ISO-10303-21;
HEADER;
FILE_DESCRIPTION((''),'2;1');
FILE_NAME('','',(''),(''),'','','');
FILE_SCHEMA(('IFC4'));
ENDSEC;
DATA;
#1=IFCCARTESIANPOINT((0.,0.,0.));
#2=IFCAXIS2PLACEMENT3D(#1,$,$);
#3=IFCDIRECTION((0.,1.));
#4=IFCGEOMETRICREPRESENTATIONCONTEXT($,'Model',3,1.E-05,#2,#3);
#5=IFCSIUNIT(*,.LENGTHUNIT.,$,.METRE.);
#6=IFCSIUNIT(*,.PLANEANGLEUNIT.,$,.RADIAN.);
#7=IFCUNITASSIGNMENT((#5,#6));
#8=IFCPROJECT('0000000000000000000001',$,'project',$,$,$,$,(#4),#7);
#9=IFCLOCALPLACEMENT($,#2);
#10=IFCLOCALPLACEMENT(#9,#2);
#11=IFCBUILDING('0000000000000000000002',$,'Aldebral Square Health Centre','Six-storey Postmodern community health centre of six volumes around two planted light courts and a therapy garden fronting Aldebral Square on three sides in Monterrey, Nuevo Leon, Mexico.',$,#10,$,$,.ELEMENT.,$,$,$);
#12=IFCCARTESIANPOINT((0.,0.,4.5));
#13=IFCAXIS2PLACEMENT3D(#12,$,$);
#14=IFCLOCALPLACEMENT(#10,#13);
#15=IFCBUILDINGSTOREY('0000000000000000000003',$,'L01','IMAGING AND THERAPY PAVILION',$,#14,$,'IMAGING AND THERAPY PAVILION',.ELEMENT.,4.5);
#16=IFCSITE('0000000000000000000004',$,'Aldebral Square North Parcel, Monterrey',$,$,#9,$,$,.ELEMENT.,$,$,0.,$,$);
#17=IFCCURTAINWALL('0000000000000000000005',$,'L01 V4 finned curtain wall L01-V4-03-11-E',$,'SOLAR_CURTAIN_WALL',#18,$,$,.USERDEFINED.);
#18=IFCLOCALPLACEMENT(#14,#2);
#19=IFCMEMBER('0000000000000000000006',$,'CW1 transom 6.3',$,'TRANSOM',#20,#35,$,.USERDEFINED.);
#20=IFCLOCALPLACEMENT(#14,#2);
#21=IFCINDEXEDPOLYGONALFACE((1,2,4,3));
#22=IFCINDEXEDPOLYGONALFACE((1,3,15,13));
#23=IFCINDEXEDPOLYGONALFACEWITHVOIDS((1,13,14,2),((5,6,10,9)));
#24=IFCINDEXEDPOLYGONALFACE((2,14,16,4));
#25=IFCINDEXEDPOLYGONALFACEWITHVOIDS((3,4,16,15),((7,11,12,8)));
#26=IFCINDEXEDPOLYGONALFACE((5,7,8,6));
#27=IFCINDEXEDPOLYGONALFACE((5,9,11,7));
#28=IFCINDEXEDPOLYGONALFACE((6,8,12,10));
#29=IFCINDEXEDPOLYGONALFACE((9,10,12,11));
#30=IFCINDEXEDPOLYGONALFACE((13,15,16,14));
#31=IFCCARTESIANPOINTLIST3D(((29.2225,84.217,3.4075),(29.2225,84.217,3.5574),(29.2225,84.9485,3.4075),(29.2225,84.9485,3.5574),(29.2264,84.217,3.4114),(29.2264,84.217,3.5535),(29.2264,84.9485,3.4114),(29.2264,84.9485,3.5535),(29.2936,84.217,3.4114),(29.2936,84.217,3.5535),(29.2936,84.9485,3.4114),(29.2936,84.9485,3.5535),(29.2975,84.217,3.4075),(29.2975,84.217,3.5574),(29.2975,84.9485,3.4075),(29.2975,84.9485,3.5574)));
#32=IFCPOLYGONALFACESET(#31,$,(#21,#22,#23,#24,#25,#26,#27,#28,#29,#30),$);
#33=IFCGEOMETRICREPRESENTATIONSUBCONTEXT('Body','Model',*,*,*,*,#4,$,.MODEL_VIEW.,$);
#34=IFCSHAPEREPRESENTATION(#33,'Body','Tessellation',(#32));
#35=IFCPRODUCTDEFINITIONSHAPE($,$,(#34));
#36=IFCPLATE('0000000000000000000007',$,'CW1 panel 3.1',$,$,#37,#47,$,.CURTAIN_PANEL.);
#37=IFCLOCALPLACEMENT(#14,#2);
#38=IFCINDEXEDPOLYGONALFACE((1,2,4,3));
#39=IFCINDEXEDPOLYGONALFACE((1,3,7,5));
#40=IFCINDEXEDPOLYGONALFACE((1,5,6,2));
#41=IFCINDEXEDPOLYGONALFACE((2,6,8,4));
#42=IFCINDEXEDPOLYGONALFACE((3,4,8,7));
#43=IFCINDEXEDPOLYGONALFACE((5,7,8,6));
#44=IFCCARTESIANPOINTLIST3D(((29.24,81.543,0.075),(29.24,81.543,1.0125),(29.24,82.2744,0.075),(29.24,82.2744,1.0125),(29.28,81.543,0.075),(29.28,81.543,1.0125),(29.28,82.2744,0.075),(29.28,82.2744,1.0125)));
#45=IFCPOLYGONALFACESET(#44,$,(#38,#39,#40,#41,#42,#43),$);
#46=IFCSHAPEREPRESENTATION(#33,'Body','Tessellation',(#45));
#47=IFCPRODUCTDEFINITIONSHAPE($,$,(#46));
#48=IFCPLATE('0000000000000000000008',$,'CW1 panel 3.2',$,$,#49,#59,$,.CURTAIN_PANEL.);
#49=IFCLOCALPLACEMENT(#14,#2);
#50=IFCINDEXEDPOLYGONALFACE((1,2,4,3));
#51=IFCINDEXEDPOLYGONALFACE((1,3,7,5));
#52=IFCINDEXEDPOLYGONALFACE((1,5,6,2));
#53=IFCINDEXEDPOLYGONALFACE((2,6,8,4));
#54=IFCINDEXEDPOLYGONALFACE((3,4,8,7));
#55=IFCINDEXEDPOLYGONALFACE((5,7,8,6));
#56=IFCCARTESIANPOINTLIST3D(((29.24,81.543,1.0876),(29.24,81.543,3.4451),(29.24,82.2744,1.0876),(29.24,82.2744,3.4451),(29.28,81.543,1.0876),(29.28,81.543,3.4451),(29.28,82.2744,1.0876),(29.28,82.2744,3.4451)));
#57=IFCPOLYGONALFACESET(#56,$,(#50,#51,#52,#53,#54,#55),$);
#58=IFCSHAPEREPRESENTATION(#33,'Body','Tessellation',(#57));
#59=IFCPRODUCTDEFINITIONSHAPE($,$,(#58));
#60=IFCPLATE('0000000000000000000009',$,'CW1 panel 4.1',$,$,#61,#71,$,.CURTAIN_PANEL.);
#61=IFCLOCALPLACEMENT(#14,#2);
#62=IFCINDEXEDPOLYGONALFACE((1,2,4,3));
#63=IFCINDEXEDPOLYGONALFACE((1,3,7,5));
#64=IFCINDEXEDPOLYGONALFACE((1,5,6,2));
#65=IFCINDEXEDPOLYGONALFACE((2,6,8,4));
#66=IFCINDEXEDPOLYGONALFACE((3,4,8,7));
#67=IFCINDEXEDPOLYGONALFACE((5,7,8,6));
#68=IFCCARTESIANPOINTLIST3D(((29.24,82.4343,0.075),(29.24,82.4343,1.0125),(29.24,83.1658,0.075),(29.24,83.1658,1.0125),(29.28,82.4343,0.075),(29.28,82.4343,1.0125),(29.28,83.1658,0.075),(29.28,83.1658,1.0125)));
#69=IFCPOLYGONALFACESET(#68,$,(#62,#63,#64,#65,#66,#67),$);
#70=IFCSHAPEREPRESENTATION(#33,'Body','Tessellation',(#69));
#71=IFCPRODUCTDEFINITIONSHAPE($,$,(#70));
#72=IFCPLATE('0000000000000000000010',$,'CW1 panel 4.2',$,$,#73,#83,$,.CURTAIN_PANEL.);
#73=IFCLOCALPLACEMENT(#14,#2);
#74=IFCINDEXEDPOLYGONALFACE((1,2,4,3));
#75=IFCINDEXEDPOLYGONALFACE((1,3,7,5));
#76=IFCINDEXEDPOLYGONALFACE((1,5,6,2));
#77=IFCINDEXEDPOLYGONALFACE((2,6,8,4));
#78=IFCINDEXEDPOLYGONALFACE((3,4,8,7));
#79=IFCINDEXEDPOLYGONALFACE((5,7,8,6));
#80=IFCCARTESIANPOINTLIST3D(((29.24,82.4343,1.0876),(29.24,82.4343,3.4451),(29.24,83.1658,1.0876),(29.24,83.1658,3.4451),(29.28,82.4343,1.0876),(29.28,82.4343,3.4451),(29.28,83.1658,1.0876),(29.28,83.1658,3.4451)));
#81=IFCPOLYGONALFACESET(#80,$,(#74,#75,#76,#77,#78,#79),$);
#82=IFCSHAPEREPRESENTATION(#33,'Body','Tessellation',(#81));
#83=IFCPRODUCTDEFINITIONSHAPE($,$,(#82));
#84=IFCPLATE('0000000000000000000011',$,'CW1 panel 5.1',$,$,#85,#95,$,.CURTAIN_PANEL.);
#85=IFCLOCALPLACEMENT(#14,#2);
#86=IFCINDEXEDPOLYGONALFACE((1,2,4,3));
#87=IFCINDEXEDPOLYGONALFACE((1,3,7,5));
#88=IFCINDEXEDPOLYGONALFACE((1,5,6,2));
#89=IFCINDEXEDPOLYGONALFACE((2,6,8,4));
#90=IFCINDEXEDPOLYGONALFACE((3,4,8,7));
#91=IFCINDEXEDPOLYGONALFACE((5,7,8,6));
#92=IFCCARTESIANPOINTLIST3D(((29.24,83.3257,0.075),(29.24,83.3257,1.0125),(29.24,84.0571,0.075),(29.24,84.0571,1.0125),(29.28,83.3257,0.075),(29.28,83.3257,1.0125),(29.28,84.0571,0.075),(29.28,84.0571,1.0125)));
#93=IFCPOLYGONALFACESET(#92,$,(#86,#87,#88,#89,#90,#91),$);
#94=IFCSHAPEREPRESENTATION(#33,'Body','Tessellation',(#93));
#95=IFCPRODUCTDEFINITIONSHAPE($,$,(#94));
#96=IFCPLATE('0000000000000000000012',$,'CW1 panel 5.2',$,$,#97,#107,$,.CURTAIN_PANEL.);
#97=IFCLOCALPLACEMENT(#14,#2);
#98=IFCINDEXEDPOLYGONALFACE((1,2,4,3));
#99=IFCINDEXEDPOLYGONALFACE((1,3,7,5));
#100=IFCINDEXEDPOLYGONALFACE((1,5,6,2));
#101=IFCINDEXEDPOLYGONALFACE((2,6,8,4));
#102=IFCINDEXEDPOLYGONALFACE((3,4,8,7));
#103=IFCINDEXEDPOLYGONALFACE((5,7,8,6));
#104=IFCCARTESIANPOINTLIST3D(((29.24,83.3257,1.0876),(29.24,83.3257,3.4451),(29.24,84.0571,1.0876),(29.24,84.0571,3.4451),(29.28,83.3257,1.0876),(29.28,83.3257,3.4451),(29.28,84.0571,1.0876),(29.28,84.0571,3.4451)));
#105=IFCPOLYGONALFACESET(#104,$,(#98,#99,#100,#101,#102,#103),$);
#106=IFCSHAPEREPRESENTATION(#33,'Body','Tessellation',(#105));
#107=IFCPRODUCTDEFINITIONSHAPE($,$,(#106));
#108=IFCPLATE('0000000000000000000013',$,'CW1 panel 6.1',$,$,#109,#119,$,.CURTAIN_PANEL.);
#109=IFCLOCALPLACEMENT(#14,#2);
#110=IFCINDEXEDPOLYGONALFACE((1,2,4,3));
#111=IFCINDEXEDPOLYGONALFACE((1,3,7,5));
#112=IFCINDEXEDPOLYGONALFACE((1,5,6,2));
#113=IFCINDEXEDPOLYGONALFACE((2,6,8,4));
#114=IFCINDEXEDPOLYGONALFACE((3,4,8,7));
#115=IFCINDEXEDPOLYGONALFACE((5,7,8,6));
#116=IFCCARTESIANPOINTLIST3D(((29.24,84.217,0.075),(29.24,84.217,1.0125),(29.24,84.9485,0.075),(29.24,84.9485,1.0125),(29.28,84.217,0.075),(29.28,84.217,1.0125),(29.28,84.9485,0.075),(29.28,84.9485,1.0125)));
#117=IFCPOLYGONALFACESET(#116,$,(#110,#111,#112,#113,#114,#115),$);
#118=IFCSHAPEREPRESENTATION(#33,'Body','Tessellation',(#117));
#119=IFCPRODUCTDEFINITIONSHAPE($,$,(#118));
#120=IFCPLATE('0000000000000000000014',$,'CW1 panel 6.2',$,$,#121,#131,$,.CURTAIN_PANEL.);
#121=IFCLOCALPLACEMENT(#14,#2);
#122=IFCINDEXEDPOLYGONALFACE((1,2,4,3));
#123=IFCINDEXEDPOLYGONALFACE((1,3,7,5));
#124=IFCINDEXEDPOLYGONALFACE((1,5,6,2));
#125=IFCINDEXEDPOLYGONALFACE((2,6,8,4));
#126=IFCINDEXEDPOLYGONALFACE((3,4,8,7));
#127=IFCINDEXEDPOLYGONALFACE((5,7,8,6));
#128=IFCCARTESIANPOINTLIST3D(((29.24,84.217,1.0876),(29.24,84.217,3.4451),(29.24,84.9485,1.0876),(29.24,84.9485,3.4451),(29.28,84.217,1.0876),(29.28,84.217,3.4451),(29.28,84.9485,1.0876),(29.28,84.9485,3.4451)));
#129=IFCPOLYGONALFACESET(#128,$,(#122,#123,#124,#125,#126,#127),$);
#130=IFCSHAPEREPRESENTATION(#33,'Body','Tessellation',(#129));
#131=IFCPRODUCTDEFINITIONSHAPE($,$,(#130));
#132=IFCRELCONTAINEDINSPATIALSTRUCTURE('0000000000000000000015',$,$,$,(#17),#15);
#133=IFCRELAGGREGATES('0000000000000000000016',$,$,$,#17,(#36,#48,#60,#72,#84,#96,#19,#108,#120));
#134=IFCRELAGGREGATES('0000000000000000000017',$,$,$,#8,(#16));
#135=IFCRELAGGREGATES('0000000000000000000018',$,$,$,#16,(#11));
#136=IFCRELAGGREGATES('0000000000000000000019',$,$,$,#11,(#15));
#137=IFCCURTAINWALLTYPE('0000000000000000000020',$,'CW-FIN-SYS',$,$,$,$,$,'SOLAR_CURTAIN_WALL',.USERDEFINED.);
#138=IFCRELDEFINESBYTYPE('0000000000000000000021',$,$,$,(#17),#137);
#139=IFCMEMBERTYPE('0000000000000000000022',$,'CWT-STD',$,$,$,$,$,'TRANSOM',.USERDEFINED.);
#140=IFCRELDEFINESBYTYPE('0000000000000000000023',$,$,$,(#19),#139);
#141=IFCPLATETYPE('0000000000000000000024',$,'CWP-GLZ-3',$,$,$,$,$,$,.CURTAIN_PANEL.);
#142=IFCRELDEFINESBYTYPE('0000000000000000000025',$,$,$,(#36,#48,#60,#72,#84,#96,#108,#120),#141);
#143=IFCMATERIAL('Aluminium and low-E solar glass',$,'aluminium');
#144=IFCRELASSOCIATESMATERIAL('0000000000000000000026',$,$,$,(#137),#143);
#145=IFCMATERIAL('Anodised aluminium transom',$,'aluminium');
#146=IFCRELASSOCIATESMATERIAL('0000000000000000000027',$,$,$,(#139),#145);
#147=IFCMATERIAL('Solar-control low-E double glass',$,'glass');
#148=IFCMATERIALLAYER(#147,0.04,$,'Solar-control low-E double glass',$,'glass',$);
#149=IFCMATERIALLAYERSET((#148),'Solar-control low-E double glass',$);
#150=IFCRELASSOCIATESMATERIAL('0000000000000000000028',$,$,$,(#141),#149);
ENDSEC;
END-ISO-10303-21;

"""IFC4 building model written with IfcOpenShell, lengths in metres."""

from ifc_helpers import new_model, si_unit, direction, frame, origin, origin_2d, place, context, subcontext, project, spatial, rectangle, hollow_rectangle, extrude, material, layer, layer_set, material_profile, profile_set, type_object, element, aggregate, save


model = new_model("IFC4")

# Units and contexts
model_context = context("Model", 3, precision=1e-05, world=origin(), true_north=direction((0.0, 1.0)))
body_context = subcontext(model_context, "Body", "Model", "MODEL_VIEW")
ifc_project = project(units=[si_unit("LENGTHUNIT", "METRE"), si_unit("PLANEANGLEUNIT", "RADIAN")], contexts=[model_context])

# Site, building, storey
site_placement = place(None, origin())
site = spatial("IfcSite", under=ifc_project, at=site_placement, Name="Aldebral Square North Parcel, Monterrey", CompositionType="ELEMENT", RefElevation=0.0)
building_placement = place(site_placement, origin())
building = spatial("IfcBuilding", under=site, at=building_placement, Name="Aldebral Square Health Centre", Description="Six-storey Postmodern community health centre of six volumes around two planted light courts and a therapy garden fronting Aldebral Square on three sides in Monterrey, Nuevo Leon, Mexico.", CompositionType="ELEMENT")
storey_placement = place(building_placement, frame((0.0, 0.0, 4.5)))
storey = spatial("IfcBuildingStorey", under=building, at=storey_placement, Name="L01", Description="IMAGING AND THERAPY PAVILION", LongName="IMAGING AND THERAPY PAVILION", CompositionType="ELEMENT", Elevation=4.5)

# Curtain wall, member, plates
ifc_material_1 = material(Name="Aluminium and low-E solar glass", Category="aluminium")
curtain_wall_type = type_object("IfcCurtainWallType", Name="CW-FIN-SYS", ElementType="SOLAR_CURTAIN_WALL", PredefinedType="USERDEFINED", material=ifc_material_1)
curtain_wall_placement = place(storey_placement, origin())
curtain_wall = element("IfcCurtainWall", 1, at=curtain_wall_placement, inside=storey, type_object=curtain_wall_type, Name="L01 V4 finned curtain wall L01-V4-03-11-E", ObjectType="SOLAR_CURTAIN_WALL", PredefinedType="USERDEFINED")
ifc_material_2 = material(Name="Anodised aluminium transom", Category="aluminium")
ifc_material_profile_1 = material_profile(ifc_material_2, hollow_rectangle(XDim=0.075, YDim=0.1499, WallThickness=0.0039, at=origin_2d()), Name="CWT 75x150x4")
ifc_profile_set_1 = profile_set([ifc_material_profile_1], Name="Anodised aluminium transom")
member_type_1 = type_object("IfcMemberType", Name="CWT-STD", ElementType="TRANSOM", PredefinedType="USERDEFINED", material=ifc_profile_set_1)
member_1_placement = place(storey_placement, frame((29.26, 84.217, 3.4824), z_axis=(0.0, 1.0, 0.0), x_axis=(-1.0, 0.0, 0.0)))
member_1 = element("IfcMember", 2, at=member_1_placement, type_object=member_type_1, Name="CW1 transom 6.3", ObjectType="TRANSOM", PredefinedType="USERDEFINED", context=body_context, shape_type="SweptSolid", body=[
    extrude(hollow_rectangle(XDim=0.075, YDim=0.1499, WallThickness=0.0039, at=origin_2d()), origin(), (0.0, 0.0, 1.0), 0.7314),
])
ifc_material_3 = material(Name="Solar-control low-E double glass", Category="glass")
ifc_layer_1 = layer(ifc_material_3, 0.04, Name="Solar-control low-E double glass", Category="glass")
ifc_layer_set_1 = layer_set([ifc_layer_1], Name="Solar-control low-E double glass")
plate_type = type_object("IfcPlateType", Name="CWP-GLZ-3", PredefinedType="CURTAIN_PANEL", material=ifc_layer_set_1)
plate_1_placement = place(storey_placement, frame((29.26, 81.9087, 0.075), z_axis=(0.0, 0.0, 1.0), x_axis=(0.0, 1.0, 0.0)))
plate_1 = element("IfcPlate", 3, at=plate_1_placement, type_object=plate_type, Name="CW1 panel 3.1", PredefinedType="CURTAIN_PANEL", context=body_context, shape_type="SweptSolid", body=[
    extrude(rectangle(XDim=0.7314, YDim=0.04, at=origin_2d()), origin(), (0.0, 0.0, 1.0), 0.9375),
])
plate_2_placement = place(storey_placement, frame((29.26, 81.9087, 1.0876), z_axis=(0.0, 0.0, 1.0), x_axis=(0.0, 1.0, 0.0)))
plate_2 = element("IfcPlate", 4, at=plate_2_placement, type_object=plate_type, Name="CW1 panel 3.2", PredefinedType="CURTAIN_PANEL", context=body_context, shape_type="SweptSolid", body=[
    extrude(rectangle(XDim=0.7314, YDim=0.04, at=origin_2d()), origin(), (0.0, 0.0, 1.0), 2.3574),
])
plate_3_placement = place(storey_placement, frame((29.26, 82.8, 0.075), z_axis=(0.0, 0.0, 1.0), x_axis=(0.0, 1.0, 0.0)))
plate_3 = element("IfcPlate", 5, at=plate_3_placement, type_object=plate_type, Name="CW1 panel 4.1", PredefinedType="CURTAIN_PANEL", context=body_context, shape_type="SweptSolid", body=[
    extrude(rectangle(XDim=0.7314, YDim=0.04, at=origin_2d()), origin(), (0.0, 0.0, 1.0), 0.9375),
])
plate_4_placement = place(storey_placement, frame((29.26, 82.8, 1.0876), z_axis=(0.0, 0.0, 1.0), x_axis=(0.0, 1.0, 0.0)))
plate_4 = element("IfcPlate", 6, at=plate_4_placement, type_object=plate_type, Name="CW1 panel 4.2", PredefinedType="CURTAIN_PANEL", context=body_context, shape_type="SweptSolid", body=[
    extrude(rectangle(XDim=0.7314, YDim=0.04, at=origin_2d()), origin(), (0.0, 0.0, 1.0), 2.3574),
])
plate_5_placement = place(storey_placement, frame((29.26, 83.6914, 0.075), z_axis=(0.0, 0.0, 1.0), x_axis=(0.0, 1.0, 0.0)))
plate_5 = element("IfcPlate", 7, at=plate_5_placement, type_object=plate_type, Name="CW1 panel 5.1", PredefinedType="CURTAIN_PANEL", context=body_context, shape_type="SweptSolid", body=[
    extrude(rectangle(XDim=0.7314, YDim=0.04, at=origin_2d()), origin(), (0.0, 0.0, 1.0), 0.9375),
])
plate_6_placement = place(storey_placement, frame((29.26, 83.6914, 1.0876), z_axis=(0.0, 0.0, 1.0), x_axis=(0.0, 1.0, 0.0)))
plate_6 = element("IfcPlate", 8, at=plate_6_placement, type_object=plate_type, Name="CW1 panel 5.2", PredefinedType="CURTAIN_PANEL", context=body_context, shape_type="SweptSolid", body=[
    extrude(rectangle(XDim=0.7314, YDim=0.04, at=origin_2d()), origin(), (0.0, 0.0, 1.0), 2.3574),
])
plate_7_placement = place(storey_placement, frame((29.26, 84.5828, 0.075), z_axis=(0.0, 0.0, 1.0), x_axis=(0.0, 1.0, 0.0)))
plate_7 = element("IfcPlate", 9, at=plate_7_placement, type_object=plate_type, Name="CW1 panel 6.1", PredefinedType="CURTAIN_PANEL", context=body_context, shape_type="SweptSolid", body=[
    extrude(rectangle(XDim=0.7314, YDim=0.04, at=origin_2d()), origin(), (0.0, 0.0, 1.0), 0.9375),
])
plate_8_placement = place(storey_placement, frame((29.26, 84.5828, 1.0876), z_axis=(0.0, 0.0, 1.0), x_axis=(0.0, 1.0, 0.0)))
plate_8 = element("IfcPlate", 10, at=plate_8_placement, type_object=plate_type, Name="CW1 panel 6.2", PredefinedType="CURTAIN_PANEL", context=body_context, shape_type="SweptSolid", body=[
    extrude(rectangle(XDim=0.7314, YDim=0.04, at=origin_2d()), origin(), (0.0, 0.0, 1.0), 2.3574),
])
aggregate(curtain_wall, [plate_1, plate_2, plate_3, plate_4, plate_5, plate_6, member_1, plate_7, plate_8])

save(model, "model.ifc")
